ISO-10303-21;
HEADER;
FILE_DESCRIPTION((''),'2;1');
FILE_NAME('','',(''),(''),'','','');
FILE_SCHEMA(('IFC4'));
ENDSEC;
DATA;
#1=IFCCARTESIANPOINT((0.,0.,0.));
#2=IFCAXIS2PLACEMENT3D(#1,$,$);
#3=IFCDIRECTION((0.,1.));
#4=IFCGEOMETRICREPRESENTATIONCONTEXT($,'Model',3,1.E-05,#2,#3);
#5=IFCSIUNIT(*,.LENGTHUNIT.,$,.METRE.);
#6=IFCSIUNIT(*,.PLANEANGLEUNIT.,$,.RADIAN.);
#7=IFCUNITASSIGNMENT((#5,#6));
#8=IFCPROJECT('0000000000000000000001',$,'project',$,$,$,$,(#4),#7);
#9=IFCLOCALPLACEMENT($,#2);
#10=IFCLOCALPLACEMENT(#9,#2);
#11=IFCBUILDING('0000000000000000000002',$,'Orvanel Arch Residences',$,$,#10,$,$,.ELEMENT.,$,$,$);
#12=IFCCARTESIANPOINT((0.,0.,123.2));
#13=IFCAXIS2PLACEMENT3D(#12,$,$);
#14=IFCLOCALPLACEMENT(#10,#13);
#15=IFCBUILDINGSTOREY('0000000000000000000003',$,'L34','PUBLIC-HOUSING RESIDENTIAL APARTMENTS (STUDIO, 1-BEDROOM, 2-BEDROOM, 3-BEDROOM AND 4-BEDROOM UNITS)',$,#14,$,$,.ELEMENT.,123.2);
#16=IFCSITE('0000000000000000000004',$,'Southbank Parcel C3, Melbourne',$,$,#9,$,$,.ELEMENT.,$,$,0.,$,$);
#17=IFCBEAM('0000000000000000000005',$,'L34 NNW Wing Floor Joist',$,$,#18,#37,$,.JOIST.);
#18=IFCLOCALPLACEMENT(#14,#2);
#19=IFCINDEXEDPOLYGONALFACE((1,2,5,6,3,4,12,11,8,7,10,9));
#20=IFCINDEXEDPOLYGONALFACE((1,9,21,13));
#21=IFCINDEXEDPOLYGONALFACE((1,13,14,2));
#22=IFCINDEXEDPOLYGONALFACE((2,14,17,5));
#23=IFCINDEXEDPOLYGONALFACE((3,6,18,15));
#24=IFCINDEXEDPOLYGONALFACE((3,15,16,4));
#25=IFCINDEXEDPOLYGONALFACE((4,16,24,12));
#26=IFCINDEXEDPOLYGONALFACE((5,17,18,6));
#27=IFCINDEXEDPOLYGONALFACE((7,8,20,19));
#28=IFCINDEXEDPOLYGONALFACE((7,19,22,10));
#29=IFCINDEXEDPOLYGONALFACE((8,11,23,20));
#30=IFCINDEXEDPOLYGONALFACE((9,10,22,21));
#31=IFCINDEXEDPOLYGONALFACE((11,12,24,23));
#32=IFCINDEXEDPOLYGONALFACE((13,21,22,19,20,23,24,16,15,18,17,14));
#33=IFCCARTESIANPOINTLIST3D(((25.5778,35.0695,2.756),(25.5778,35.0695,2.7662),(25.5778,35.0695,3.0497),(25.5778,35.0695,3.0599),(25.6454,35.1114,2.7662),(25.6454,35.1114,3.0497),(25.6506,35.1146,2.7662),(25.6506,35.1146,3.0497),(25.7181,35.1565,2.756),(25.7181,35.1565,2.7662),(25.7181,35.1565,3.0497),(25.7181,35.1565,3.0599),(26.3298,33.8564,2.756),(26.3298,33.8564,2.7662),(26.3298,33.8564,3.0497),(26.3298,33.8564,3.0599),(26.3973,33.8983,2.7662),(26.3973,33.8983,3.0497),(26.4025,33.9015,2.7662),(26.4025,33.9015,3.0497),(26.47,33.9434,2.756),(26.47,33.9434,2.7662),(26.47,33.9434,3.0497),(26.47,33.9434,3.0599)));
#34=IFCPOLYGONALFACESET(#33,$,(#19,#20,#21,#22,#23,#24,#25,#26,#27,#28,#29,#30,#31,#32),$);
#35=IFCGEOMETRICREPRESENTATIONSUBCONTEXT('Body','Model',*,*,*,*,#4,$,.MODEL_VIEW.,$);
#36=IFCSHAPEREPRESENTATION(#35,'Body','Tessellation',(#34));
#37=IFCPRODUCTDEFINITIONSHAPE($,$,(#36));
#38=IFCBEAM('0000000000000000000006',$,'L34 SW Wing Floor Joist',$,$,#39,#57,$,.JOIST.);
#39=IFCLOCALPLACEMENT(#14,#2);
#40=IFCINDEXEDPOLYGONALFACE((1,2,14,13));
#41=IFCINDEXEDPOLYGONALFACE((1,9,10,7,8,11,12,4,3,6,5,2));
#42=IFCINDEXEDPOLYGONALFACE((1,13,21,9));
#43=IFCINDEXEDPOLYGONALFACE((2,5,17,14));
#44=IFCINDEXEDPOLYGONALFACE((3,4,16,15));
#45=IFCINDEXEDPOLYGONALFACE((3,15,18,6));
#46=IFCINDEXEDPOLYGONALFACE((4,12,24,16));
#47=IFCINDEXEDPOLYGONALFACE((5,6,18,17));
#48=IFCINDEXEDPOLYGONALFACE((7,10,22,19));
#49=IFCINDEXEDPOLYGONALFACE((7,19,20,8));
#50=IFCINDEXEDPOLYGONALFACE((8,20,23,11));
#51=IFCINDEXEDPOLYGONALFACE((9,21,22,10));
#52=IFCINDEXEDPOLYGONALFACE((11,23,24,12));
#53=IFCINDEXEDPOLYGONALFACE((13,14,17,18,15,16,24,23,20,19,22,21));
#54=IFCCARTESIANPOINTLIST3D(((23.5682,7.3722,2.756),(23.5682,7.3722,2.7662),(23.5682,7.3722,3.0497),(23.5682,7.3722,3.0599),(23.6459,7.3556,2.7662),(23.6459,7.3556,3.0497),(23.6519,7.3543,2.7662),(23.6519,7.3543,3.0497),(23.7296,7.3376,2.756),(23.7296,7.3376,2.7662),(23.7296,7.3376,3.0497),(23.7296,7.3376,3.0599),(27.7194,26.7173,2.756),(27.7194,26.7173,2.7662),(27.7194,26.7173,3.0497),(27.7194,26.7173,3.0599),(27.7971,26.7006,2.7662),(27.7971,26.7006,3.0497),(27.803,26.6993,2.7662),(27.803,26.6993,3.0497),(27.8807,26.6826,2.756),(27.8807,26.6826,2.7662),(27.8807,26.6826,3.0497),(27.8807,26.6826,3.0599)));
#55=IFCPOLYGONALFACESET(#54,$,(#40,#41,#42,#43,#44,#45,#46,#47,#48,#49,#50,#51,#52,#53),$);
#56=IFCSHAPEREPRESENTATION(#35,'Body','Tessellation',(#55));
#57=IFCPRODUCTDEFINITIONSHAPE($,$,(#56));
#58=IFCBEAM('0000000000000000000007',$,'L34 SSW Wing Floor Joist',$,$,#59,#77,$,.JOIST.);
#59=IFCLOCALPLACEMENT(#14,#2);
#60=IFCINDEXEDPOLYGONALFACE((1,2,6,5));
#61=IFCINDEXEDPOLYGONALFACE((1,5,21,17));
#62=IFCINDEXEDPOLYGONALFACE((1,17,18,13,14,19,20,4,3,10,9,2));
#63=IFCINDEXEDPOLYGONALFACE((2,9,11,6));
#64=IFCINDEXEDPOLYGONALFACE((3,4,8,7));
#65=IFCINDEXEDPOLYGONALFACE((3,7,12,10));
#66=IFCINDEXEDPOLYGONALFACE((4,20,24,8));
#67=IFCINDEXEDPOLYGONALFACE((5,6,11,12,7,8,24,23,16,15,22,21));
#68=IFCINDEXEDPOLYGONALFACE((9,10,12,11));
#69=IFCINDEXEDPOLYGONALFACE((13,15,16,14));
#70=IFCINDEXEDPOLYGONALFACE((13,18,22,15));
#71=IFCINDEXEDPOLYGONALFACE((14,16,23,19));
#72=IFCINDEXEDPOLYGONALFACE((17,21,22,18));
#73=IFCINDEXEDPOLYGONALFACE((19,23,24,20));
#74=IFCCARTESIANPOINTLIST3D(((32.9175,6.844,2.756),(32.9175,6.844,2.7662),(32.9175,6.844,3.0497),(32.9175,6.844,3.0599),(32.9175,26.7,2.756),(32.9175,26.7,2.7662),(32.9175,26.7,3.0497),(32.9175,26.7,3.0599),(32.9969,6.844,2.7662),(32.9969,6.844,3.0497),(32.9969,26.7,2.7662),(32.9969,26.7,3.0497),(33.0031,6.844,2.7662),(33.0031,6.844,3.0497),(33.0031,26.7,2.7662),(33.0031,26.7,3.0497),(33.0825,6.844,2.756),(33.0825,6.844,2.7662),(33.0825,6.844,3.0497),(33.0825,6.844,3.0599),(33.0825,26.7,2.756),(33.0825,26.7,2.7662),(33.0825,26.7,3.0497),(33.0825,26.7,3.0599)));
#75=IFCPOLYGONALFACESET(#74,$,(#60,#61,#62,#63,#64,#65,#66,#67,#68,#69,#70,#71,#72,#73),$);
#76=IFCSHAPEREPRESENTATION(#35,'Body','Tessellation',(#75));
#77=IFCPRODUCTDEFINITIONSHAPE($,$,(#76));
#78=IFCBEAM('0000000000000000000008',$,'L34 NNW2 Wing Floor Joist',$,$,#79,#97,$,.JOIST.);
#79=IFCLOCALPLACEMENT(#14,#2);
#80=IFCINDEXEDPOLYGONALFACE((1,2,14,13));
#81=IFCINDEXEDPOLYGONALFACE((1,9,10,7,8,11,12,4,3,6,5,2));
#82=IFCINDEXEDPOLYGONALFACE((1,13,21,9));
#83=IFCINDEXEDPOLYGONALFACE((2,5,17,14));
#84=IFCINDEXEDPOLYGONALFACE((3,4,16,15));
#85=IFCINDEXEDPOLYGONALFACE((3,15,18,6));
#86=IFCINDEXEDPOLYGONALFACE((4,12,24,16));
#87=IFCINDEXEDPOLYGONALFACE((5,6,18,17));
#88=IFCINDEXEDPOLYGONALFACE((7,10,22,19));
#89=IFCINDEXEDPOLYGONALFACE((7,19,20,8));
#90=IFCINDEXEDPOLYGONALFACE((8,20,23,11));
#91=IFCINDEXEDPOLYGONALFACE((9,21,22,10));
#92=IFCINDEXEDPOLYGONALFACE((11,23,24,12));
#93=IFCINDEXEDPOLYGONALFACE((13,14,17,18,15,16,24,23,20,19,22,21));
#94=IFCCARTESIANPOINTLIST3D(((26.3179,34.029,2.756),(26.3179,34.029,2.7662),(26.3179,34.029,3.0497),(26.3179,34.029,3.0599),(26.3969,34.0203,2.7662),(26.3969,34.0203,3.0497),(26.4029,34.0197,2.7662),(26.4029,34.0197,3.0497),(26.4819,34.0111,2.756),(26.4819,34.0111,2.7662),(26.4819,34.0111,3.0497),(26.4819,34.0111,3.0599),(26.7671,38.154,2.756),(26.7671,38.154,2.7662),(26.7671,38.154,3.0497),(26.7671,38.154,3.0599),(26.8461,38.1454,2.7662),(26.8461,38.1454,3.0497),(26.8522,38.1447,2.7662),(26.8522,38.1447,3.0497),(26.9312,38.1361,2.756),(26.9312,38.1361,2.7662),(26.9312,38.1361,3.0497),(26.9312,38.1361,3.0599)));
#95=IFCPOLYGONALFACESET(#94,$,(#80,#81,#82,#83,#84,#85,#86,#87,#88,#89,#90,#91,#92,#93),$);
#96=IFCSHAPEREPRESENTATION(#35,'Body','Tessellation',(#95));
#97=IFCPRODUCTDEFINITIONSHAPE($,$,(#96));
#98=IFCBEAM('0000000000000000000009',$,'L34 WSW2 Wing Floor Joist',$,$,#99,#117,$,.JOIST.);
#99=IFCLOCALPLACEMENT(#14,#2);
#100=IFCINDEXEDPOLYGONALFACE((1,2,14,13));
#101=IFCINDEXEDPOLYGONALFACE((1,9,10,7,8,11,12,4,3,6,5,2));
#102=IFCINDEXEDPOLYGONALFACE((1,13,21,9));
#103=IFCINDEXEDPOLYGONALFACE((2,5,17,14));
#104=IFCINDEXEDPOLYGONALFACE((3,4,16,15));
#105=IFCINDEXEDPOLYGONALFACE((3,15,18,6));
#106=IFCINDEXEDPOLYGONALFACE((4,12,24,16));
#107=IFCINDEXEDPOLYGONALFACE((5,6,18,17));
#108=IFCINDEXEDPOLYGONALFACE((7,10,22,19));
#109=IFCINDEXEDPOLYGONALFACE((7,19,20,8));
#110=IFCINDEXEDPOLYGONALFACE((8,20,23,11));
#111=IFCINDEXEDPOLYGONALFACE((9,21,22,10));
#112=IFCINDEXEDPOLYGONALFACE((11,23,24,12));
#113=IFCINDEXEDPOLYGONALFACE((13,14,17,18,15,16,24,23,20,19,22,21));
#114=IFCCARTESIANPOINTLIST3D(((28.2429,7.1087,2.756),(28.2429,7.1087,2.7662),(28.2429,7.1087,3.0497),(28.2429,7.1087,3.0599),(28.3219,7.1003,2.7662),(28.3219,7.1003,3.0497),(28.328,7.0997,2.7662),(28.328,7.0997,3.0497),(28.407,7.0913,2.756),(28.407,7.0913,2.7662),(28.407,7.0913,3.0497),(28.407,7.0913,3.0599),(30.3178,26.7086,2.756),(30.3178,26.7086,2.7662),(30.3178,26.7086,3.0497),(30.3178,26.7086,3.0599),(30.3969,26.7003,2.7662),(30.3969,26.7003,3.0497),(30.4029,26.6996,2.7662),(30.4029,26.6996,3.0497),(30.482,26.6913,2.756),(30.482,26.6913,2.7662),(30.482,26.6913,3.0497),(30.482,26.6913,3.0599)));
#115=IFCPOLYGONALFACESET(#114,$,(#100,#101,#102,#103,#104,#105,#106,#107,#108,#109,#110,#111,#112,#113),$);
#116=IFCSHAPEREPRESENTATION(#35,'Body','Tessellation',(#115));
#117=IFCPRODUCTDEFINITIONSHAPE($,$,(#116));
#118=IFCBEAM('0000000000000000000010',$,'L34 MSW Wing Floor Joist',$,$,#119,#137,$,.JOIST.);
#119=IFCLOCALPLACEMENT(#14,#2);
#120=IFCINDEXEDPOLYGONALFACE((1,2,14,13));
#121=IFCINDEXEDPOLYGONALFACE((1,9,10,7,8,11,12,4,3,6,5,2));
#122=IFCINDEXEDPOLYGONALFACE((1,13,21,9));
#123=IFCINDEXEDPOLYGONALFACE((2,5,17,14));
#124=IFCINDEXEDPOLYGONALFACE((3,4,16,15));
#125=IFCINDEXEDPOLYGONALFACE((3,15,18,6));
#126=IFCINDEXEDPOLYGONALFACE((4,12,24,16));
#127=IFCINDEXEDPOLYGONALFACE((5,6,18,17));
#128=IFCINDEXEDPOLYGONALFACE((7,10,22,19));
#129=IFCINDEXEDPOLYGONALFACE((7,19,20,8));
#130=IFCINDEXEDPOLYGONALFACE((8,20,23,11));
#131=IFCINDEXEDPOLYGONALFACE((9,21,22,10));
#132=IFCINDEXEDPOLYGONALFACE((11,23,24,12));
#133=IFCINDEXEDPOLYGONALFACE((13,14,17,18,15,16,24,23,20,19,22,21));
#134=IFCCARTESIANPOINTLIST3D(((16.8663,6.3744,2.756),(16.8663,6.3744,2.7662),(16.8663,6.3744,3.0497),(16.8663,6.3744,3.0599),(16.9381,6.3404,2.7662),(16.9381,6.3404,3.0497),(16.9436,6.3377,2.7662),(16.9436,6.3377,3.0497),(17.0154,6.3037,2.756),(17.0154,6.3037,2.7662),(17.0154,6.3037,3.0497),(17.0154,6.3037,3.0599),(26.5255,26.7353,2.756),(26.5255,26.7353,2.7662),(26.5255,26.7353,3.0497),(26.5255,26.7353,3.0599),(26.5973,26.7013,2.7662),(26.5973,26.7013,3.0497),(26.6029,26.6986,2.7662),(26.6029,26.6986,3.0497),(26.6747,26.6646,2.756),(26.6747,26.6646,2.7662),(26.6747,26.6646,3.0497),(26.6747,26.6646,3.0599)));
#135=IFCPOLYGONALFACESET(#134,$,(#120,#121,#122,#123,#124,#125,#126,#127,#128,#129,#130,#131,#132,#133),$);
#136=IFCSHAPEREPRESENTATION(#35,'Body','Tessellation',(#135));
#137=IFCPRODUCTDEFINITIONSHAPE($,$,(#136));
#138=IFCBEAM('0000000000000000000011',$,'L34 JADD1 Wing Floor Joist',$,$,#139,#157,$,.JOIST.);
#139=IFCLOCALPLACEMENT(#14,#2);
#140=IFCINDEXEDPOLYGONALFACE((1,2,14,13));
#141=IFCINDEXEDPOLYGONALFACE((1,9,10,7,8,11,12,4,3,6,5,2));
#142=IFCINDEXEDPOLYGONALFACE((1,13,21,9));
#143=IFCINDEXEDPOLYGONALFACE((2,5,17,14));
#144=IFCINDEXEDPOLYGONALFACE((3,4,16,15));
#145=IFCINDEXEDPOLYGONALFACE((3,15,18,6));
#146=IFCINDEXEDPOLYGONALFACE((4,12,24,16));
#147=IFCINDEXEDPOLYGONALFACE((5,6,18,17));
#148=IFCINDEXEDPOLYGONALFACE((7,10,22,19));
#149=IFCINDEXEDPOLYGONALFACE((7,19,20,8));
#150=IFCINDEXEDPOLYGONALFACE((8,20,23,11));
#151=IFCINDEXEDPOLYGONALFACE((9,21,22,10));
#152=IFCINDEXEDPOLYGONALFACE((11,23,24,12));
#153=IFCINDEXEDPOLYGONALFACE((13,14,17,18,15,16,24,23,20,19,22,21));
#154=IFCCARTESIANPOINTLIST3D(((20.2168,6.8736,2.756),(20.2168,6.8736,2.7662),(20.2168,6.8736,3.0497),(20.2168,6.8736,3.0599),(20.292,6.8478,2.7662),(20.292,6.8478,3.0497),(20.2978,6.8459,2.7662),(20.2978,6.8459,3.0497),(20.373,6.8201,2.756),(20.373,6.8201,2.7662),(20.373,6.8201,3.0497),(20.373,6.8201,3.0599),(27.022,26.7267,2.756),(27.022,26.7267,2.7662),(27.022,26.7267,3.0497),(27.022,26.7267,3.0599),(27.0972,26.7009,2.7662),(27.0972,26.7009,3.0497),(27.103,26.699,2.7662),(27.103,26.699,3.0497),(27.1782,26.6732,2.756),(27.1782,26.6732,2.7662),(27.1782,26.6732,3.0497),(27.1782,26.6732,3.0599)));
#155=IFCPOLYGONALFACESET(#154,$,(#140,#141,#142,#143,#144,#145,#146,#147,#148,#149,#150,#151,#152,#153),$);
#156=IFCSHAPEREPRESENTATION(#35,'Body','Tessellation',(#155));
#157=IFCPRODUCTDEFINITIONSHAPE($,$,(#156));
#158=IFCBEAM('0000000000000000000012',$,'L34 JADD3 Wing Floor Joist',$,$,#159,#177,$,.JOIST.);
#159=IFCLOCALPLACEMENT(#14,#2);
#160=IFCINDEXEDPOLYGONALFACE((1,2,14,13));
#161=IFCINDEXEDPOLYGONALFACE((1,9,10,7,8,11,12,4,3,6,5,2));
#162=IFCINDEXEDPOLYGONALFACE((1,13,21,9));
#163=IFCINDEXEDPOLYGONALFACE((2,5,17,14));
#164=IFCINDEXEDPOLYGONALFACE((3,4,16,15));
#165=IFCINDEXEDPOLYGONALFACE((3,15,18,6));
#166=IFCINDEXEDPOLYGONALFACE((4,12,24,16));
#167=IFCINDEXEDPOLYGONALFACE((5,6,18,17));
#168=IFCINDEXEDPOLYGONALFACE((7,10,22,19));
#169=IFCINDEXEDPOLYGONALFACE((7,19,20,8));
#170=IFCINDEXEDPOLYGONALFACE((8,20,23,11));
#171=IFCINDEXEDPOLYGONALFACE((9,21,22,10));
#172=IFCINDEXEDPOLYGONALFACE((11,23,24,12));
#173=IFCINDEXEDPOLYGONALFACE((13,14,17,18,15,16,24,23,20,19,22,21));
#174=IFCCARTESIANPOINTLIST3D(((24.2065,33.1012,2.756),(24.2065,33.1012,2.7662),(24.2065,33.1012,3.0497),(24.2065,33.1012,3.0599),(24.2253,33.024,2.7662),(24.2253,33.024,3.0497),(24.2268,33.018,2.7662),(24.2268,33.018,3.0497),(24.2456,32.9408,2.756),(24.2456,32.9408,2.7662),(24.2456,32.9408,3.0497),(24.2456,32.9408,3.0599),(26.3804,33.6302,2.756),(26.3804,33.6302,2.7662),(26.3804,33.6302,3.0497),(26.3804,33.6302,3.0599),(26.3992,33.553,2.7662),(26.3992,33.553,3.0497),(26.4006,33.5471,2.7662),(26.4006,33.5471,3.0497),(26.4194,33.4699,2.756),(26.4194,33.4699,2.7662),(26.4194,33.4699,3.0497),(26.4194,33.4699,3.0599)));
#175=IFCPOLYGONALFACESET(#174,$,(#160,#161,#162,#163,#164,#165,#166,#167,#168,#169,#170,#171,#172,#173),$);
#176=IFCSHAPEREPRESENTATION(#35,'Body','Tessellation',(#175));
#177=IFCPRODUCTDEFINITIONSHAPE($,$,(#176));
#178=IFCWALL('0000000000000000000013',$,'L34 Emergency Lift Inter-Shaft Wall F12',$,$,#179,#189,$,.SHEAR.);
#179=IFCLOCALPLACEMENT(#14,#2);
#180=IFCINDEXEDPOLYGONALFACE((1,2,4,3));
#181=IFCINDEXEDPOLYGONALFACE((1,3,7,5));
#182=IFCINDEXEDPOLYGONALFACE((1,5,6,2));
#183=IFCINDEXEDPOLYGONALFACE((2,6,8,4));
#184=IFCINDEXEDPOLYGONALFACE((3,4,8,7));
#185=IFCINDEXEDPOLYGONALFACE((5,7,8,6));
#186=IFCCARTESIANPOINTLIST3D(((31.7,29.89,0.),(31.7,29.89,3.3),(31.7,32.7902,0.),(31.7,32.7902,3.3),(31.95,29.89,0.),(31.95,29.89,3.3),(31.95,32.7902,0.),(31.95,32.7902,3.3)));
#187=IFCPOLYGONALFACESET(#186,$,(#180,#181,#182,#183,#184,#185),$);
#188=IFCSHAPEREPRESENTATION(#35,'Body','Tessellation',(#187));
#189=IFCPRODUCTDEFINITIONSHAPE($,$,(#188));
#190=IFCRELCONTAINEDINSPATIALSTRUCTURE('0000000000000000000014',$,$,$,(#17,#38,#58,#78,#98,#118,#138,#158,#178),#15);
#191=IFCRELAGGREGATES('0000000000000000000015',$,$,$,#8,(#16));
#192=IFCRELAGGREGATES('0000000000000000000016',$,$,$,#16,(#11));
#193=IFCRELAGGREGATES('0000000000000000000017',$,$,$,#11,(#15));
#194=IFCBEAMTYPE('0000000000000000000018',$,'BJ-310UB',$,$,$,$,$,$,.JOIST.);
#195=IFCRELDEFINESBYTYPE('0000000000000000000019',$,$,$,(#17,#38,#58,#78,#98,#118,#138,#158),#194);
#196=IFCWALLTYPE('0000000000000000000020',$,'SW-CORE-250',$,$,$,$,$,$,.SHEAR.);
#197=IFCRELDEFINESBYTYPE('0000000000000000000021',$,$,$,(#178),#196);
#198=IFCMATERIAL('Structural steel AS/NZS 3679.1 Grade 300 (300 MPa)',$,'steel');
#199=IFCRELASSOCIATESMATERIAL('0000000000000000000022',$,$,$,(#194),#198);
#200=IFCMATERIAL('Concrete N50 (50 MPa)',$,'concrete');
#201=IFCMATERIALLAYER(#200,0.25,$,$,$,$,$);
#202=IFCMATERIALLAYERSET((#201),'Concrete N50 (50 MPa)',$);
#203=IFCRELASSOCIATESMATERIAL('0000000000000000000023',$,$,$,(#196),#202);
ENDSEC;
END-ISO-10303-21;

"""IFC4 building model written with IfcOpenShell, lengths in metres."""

from ifc_helpers import new_model, si_unit, direction, frame, frame_2d, origin, origin_2d, place, context, subcontext, project, spatial, rectangle, i_section, extrude, material, layer, layer_set, material_profile, profile_set, type_object, element, save


model = new_model("IFC4")

# Units and contexts
model_context = context("Model", 3, precision=1e-05, world=origin(), true_north=direction((0.0, 1.0)))
body_context = subcontext(model_context, "Body", "Model", "MODEL_VIEW")
ifc_project = project(units=[si_unit("LENGTHUNIT", "METRE"), si_unit("PLANEANGLEUNIT", "RADIAN")], contexts=[model_context])

# Site, building, storey
site_placement = place(None, origin())
site = spatial("IfcSite", under=ifc_project, at=site_placement, Name="Southbank Parcel C3, Melbourne", CompositionType="ELEMENT", RefElevation=0.0)
building_placement = place(site_placement, origin())
building = spatial("IfcBuilding", under=site, at=building_placement, Name="Orvanel Arch Residences", CompositionType="ELEMENT")
storey_placement = place(building_placement, frame((0.0, 0.0, 123.2)))
storey = spatial("IfcBuildingStorey", under=building, at=storey_placement, Name="L34", Description="PUBLIC-HOUSING RESIDENTIAL APARTMENTS (STUDIO, 1-BEDROOM, 2-BEDROOM, 3-BEDROOM AND 4-BEDROOM UNITS)", CompositionType="ELEMENT", Elevation=123.2)

# Beams
ifc_material_1 = material(Name="Structural steel AS/NZS 3679.1 Grade 300 (300 MPa)", Category="steel")
ifc_material_profile = material_profile(ifc_material_1, i_section(OverallWidth=0.165, OverallDepth=0.304, WebThickness=0.0061, FlangeThickness=0.0103, at=origin_2d()), Name="310UB40.4")
ifc_profile_set = profile_set([ifc_material_profile], Name="Structural steel AS/NZS 3679.1 Grade 300 (300 MPa)")
beam_type = type_object("IfcBeamType", Name="BJ-310UB", PredefinedType="JOIST", material=ifc_profile_set)
beam_1_placement = place(storey_placement, frame((26.3999, 33.8999, 2.908), z_axis=(-0.526843, 0.849962, 0.0), x_axis=(-0.849962, -0.526843, 0.0)))
element("IfcBeam", 1, at=beam_1_placement, inside=storey, type_object=beam_type, Name="L34 NNW Wing Floor Joist", PredefinedType="JOIST", context=body_context, shape_type="SweptSolid", body=[
    extrude(i_section(OverallWidth=0.165, OverallDepth=0.304, WebThickness=0.0061, FlangeThickness=0.0103, at=origin_2d()), origin(), (0.0, 0.0, 1.0), 1.4272),
])
beam_2_placement = place(storey_placement, frame((27.8, 26.7, 2.908), z_axis=(-0.209808, -0.977743, 0.0), x_axis=(0.977743, -0.209808, 0.0)))
element("IfcBeam", 2, at=beam_2_placement, inside=storey, type_object=beam_type, Name="L34 SW Wing Floor Joist", PredefinedType="JOIST", context=body_context, shape_type="SweptSolid", body=[
    extrude(i_section(OverallWidth=0.165, OverallDepth=0.304, WebThickness=0.0061, FlangeThickness=0.0103, at=origin_2d()), origin(), (0.0, 0.0, 1.0), 19.7854),
])
beam_3_placement = place(storey_placement, frame((33.0, 26.7, 2.908), z_axis=(0.0, -1.0, 0.0), x_axis=(1.0, 0.0, 0.0)))
element("IfcBeam", 3, at=beam_3_placement, inside=storey, type_object=beam_type, Name="L34 SSW Wing Floor Joist", PredefinedType="JOIST", context=body_context, shape_type="SweptSolid", body=[
    extrude(i_section(OverallWidth=0.165, OverallDepth=0.304, WebThickness=0.0061, FlangeThickness=0.0103, at=origin_2d()), origin(), (0.0, 0.0, 1.0), 19.856),
])
beam_4_placement = place(storey_placement, frame((26.3999, 34.02, 2.908), z_axis=(0.108261, 0.994122, 0.0), x_axis=(-0.994122, 0.108261, 0.0)))
element("IfcBeam", 4, at=beam_4_placement, inside=storey, type_object=beam_type, Name="L34 NNW2 Wing Floor Joist", PredefinedType="JOIST", context=body_context, shape_type="SweptSolid", body=[
    extrude(i_section(OverallWidth=0.165, OverallDepth=0.304, WebThickness=0.0061, FlangeThickness=0.0103, at=origin_2d()), origin(), (0.0, 0.0, 1.0), 4.1494),
])
beam_5_placement = place(storey_placement, frame((30.3999, 26.7, 2.908), z_axis=(-0.105277, -0.994443, 0.0), x_axis=(0.994443, -0.105277, 0.0)))
element("IfcBeam", 5, at=beam_5_placement, inside=storey, type_object=beam_type, Name="L34 WSW2 Wing Floor Joist", PredefinedType="JOIST", context=body_context, shape_type="SweptSolid", body=[
    extrude(i_section(OverallWidth=0.165, OverallDepth=0.304, WebThickness=0.0061, FlangeThickness=0.0103, at=origin_2d()), origin(), (0.0, 0.0, 1.0), 19.7095),
])
beam_6_placement = place(storey_placement, frame((26.6001, 26.7, 2.908), z_axis=(-0.428614, -0.903488, 0.0), x_axis=(0.903488, -0.428614, 0.0)))
element("IfcBeam", 6, at=beam_6_placement, inside=storey, type_object=beam_type, Name="L34 MSW Wing Floor Joist", PredefinedType="JOIST", context=body_context, shape_type="SweptSolid", body=[
    extrude(i_section(OverallWidth=0.165, OverallDepth=0.304, WebThickness=0.0061, FlangeThickness=0.0103, at=origin_2d()), origin(), (0.0, 0.0, 1.0), 22.5359),
])
beam_7_placement = place(storey_placement, frame((27.1001, 26.7, 2.908), z_axis=(-0.324257, -0.945969, 0.0), x_axis=(0.945969, -0.324257, 0.0)))
element("IfcBeam", 7, at=beam_7_placement, inside=storey, type_object=beam_type, Name="L34 JADD1 Wing Floor Joist", PredefinedType="JOIST", context=body_context, shape_type="SweptSolid", body=[
    extrude(i_section(OverallWidth=0.165, OverallDepth=0.304, WebThickness=0.0061, FlangeThickness=0.0103, at=origin_2d()), origin(), (0.0, 0.0, 1.0), 20.9871),
])
beam_8_placement = place(storey_placement, frame((26.3999, 33.55, 2.908), z_axis=(-0.971638, -0.236471, 0.0), x_axis=(0.236471, -0.971638, 0.0)))
element("IfcBeam", 8, at=beam_8_placement, inside=storey, type_object=beam_type, Name="L34 JADD3 Wing Floor Joist", PredefinedType="JOIST", context=body_context, shape_type="SweptSolid", body=[
    extrude(i_section(OverallWidth=0.165, OverallDepth=0.304, WebThickness=0.0061, FlangeThickness=0.0103, at=origin_2d()), origin(), (0.0, 0.0, 1.0), 2.2373),
])

# Wall
ifc_material_2 = material(Name="Concrete N50 (50 MPa)", Category="concrete")
ifc_layer_1 = layer(ifc_material_2, 0.25)
ifc_layer_set_1 = layer_set([ifc_layer_1], Name="Concrete N50 (50 MPa)")
wall_type_1 = type_object("IfcWallType", Name="SW-CORE-250", PredefinedType="SHEAR", material=ifc_layer_set_1)
wall_1_placement = place(storey_placement, frame((31.825, 29.8899, 0.0), z_axis=(0.0, 0.0, 1.0), x_axis=(0.0, 1.0, 0.0)))
element("IfcWall", 9, at=wall_1_placement, inside=storey, type_object=wall_type_1, Name="L34 Emergency Lift Inter-Shaft Wall F12", PredefinedType="SHEAR", context=body_context, shape_type="SweptSolid", body=[
    extrude(rectangle(XDim=2.9001, YDim=0.25, at=frame_2d((1.4502, 0.0))), origin(), (0.0, 0.0, 1.0), 3.3),
])

save(model, "model.ifc")
